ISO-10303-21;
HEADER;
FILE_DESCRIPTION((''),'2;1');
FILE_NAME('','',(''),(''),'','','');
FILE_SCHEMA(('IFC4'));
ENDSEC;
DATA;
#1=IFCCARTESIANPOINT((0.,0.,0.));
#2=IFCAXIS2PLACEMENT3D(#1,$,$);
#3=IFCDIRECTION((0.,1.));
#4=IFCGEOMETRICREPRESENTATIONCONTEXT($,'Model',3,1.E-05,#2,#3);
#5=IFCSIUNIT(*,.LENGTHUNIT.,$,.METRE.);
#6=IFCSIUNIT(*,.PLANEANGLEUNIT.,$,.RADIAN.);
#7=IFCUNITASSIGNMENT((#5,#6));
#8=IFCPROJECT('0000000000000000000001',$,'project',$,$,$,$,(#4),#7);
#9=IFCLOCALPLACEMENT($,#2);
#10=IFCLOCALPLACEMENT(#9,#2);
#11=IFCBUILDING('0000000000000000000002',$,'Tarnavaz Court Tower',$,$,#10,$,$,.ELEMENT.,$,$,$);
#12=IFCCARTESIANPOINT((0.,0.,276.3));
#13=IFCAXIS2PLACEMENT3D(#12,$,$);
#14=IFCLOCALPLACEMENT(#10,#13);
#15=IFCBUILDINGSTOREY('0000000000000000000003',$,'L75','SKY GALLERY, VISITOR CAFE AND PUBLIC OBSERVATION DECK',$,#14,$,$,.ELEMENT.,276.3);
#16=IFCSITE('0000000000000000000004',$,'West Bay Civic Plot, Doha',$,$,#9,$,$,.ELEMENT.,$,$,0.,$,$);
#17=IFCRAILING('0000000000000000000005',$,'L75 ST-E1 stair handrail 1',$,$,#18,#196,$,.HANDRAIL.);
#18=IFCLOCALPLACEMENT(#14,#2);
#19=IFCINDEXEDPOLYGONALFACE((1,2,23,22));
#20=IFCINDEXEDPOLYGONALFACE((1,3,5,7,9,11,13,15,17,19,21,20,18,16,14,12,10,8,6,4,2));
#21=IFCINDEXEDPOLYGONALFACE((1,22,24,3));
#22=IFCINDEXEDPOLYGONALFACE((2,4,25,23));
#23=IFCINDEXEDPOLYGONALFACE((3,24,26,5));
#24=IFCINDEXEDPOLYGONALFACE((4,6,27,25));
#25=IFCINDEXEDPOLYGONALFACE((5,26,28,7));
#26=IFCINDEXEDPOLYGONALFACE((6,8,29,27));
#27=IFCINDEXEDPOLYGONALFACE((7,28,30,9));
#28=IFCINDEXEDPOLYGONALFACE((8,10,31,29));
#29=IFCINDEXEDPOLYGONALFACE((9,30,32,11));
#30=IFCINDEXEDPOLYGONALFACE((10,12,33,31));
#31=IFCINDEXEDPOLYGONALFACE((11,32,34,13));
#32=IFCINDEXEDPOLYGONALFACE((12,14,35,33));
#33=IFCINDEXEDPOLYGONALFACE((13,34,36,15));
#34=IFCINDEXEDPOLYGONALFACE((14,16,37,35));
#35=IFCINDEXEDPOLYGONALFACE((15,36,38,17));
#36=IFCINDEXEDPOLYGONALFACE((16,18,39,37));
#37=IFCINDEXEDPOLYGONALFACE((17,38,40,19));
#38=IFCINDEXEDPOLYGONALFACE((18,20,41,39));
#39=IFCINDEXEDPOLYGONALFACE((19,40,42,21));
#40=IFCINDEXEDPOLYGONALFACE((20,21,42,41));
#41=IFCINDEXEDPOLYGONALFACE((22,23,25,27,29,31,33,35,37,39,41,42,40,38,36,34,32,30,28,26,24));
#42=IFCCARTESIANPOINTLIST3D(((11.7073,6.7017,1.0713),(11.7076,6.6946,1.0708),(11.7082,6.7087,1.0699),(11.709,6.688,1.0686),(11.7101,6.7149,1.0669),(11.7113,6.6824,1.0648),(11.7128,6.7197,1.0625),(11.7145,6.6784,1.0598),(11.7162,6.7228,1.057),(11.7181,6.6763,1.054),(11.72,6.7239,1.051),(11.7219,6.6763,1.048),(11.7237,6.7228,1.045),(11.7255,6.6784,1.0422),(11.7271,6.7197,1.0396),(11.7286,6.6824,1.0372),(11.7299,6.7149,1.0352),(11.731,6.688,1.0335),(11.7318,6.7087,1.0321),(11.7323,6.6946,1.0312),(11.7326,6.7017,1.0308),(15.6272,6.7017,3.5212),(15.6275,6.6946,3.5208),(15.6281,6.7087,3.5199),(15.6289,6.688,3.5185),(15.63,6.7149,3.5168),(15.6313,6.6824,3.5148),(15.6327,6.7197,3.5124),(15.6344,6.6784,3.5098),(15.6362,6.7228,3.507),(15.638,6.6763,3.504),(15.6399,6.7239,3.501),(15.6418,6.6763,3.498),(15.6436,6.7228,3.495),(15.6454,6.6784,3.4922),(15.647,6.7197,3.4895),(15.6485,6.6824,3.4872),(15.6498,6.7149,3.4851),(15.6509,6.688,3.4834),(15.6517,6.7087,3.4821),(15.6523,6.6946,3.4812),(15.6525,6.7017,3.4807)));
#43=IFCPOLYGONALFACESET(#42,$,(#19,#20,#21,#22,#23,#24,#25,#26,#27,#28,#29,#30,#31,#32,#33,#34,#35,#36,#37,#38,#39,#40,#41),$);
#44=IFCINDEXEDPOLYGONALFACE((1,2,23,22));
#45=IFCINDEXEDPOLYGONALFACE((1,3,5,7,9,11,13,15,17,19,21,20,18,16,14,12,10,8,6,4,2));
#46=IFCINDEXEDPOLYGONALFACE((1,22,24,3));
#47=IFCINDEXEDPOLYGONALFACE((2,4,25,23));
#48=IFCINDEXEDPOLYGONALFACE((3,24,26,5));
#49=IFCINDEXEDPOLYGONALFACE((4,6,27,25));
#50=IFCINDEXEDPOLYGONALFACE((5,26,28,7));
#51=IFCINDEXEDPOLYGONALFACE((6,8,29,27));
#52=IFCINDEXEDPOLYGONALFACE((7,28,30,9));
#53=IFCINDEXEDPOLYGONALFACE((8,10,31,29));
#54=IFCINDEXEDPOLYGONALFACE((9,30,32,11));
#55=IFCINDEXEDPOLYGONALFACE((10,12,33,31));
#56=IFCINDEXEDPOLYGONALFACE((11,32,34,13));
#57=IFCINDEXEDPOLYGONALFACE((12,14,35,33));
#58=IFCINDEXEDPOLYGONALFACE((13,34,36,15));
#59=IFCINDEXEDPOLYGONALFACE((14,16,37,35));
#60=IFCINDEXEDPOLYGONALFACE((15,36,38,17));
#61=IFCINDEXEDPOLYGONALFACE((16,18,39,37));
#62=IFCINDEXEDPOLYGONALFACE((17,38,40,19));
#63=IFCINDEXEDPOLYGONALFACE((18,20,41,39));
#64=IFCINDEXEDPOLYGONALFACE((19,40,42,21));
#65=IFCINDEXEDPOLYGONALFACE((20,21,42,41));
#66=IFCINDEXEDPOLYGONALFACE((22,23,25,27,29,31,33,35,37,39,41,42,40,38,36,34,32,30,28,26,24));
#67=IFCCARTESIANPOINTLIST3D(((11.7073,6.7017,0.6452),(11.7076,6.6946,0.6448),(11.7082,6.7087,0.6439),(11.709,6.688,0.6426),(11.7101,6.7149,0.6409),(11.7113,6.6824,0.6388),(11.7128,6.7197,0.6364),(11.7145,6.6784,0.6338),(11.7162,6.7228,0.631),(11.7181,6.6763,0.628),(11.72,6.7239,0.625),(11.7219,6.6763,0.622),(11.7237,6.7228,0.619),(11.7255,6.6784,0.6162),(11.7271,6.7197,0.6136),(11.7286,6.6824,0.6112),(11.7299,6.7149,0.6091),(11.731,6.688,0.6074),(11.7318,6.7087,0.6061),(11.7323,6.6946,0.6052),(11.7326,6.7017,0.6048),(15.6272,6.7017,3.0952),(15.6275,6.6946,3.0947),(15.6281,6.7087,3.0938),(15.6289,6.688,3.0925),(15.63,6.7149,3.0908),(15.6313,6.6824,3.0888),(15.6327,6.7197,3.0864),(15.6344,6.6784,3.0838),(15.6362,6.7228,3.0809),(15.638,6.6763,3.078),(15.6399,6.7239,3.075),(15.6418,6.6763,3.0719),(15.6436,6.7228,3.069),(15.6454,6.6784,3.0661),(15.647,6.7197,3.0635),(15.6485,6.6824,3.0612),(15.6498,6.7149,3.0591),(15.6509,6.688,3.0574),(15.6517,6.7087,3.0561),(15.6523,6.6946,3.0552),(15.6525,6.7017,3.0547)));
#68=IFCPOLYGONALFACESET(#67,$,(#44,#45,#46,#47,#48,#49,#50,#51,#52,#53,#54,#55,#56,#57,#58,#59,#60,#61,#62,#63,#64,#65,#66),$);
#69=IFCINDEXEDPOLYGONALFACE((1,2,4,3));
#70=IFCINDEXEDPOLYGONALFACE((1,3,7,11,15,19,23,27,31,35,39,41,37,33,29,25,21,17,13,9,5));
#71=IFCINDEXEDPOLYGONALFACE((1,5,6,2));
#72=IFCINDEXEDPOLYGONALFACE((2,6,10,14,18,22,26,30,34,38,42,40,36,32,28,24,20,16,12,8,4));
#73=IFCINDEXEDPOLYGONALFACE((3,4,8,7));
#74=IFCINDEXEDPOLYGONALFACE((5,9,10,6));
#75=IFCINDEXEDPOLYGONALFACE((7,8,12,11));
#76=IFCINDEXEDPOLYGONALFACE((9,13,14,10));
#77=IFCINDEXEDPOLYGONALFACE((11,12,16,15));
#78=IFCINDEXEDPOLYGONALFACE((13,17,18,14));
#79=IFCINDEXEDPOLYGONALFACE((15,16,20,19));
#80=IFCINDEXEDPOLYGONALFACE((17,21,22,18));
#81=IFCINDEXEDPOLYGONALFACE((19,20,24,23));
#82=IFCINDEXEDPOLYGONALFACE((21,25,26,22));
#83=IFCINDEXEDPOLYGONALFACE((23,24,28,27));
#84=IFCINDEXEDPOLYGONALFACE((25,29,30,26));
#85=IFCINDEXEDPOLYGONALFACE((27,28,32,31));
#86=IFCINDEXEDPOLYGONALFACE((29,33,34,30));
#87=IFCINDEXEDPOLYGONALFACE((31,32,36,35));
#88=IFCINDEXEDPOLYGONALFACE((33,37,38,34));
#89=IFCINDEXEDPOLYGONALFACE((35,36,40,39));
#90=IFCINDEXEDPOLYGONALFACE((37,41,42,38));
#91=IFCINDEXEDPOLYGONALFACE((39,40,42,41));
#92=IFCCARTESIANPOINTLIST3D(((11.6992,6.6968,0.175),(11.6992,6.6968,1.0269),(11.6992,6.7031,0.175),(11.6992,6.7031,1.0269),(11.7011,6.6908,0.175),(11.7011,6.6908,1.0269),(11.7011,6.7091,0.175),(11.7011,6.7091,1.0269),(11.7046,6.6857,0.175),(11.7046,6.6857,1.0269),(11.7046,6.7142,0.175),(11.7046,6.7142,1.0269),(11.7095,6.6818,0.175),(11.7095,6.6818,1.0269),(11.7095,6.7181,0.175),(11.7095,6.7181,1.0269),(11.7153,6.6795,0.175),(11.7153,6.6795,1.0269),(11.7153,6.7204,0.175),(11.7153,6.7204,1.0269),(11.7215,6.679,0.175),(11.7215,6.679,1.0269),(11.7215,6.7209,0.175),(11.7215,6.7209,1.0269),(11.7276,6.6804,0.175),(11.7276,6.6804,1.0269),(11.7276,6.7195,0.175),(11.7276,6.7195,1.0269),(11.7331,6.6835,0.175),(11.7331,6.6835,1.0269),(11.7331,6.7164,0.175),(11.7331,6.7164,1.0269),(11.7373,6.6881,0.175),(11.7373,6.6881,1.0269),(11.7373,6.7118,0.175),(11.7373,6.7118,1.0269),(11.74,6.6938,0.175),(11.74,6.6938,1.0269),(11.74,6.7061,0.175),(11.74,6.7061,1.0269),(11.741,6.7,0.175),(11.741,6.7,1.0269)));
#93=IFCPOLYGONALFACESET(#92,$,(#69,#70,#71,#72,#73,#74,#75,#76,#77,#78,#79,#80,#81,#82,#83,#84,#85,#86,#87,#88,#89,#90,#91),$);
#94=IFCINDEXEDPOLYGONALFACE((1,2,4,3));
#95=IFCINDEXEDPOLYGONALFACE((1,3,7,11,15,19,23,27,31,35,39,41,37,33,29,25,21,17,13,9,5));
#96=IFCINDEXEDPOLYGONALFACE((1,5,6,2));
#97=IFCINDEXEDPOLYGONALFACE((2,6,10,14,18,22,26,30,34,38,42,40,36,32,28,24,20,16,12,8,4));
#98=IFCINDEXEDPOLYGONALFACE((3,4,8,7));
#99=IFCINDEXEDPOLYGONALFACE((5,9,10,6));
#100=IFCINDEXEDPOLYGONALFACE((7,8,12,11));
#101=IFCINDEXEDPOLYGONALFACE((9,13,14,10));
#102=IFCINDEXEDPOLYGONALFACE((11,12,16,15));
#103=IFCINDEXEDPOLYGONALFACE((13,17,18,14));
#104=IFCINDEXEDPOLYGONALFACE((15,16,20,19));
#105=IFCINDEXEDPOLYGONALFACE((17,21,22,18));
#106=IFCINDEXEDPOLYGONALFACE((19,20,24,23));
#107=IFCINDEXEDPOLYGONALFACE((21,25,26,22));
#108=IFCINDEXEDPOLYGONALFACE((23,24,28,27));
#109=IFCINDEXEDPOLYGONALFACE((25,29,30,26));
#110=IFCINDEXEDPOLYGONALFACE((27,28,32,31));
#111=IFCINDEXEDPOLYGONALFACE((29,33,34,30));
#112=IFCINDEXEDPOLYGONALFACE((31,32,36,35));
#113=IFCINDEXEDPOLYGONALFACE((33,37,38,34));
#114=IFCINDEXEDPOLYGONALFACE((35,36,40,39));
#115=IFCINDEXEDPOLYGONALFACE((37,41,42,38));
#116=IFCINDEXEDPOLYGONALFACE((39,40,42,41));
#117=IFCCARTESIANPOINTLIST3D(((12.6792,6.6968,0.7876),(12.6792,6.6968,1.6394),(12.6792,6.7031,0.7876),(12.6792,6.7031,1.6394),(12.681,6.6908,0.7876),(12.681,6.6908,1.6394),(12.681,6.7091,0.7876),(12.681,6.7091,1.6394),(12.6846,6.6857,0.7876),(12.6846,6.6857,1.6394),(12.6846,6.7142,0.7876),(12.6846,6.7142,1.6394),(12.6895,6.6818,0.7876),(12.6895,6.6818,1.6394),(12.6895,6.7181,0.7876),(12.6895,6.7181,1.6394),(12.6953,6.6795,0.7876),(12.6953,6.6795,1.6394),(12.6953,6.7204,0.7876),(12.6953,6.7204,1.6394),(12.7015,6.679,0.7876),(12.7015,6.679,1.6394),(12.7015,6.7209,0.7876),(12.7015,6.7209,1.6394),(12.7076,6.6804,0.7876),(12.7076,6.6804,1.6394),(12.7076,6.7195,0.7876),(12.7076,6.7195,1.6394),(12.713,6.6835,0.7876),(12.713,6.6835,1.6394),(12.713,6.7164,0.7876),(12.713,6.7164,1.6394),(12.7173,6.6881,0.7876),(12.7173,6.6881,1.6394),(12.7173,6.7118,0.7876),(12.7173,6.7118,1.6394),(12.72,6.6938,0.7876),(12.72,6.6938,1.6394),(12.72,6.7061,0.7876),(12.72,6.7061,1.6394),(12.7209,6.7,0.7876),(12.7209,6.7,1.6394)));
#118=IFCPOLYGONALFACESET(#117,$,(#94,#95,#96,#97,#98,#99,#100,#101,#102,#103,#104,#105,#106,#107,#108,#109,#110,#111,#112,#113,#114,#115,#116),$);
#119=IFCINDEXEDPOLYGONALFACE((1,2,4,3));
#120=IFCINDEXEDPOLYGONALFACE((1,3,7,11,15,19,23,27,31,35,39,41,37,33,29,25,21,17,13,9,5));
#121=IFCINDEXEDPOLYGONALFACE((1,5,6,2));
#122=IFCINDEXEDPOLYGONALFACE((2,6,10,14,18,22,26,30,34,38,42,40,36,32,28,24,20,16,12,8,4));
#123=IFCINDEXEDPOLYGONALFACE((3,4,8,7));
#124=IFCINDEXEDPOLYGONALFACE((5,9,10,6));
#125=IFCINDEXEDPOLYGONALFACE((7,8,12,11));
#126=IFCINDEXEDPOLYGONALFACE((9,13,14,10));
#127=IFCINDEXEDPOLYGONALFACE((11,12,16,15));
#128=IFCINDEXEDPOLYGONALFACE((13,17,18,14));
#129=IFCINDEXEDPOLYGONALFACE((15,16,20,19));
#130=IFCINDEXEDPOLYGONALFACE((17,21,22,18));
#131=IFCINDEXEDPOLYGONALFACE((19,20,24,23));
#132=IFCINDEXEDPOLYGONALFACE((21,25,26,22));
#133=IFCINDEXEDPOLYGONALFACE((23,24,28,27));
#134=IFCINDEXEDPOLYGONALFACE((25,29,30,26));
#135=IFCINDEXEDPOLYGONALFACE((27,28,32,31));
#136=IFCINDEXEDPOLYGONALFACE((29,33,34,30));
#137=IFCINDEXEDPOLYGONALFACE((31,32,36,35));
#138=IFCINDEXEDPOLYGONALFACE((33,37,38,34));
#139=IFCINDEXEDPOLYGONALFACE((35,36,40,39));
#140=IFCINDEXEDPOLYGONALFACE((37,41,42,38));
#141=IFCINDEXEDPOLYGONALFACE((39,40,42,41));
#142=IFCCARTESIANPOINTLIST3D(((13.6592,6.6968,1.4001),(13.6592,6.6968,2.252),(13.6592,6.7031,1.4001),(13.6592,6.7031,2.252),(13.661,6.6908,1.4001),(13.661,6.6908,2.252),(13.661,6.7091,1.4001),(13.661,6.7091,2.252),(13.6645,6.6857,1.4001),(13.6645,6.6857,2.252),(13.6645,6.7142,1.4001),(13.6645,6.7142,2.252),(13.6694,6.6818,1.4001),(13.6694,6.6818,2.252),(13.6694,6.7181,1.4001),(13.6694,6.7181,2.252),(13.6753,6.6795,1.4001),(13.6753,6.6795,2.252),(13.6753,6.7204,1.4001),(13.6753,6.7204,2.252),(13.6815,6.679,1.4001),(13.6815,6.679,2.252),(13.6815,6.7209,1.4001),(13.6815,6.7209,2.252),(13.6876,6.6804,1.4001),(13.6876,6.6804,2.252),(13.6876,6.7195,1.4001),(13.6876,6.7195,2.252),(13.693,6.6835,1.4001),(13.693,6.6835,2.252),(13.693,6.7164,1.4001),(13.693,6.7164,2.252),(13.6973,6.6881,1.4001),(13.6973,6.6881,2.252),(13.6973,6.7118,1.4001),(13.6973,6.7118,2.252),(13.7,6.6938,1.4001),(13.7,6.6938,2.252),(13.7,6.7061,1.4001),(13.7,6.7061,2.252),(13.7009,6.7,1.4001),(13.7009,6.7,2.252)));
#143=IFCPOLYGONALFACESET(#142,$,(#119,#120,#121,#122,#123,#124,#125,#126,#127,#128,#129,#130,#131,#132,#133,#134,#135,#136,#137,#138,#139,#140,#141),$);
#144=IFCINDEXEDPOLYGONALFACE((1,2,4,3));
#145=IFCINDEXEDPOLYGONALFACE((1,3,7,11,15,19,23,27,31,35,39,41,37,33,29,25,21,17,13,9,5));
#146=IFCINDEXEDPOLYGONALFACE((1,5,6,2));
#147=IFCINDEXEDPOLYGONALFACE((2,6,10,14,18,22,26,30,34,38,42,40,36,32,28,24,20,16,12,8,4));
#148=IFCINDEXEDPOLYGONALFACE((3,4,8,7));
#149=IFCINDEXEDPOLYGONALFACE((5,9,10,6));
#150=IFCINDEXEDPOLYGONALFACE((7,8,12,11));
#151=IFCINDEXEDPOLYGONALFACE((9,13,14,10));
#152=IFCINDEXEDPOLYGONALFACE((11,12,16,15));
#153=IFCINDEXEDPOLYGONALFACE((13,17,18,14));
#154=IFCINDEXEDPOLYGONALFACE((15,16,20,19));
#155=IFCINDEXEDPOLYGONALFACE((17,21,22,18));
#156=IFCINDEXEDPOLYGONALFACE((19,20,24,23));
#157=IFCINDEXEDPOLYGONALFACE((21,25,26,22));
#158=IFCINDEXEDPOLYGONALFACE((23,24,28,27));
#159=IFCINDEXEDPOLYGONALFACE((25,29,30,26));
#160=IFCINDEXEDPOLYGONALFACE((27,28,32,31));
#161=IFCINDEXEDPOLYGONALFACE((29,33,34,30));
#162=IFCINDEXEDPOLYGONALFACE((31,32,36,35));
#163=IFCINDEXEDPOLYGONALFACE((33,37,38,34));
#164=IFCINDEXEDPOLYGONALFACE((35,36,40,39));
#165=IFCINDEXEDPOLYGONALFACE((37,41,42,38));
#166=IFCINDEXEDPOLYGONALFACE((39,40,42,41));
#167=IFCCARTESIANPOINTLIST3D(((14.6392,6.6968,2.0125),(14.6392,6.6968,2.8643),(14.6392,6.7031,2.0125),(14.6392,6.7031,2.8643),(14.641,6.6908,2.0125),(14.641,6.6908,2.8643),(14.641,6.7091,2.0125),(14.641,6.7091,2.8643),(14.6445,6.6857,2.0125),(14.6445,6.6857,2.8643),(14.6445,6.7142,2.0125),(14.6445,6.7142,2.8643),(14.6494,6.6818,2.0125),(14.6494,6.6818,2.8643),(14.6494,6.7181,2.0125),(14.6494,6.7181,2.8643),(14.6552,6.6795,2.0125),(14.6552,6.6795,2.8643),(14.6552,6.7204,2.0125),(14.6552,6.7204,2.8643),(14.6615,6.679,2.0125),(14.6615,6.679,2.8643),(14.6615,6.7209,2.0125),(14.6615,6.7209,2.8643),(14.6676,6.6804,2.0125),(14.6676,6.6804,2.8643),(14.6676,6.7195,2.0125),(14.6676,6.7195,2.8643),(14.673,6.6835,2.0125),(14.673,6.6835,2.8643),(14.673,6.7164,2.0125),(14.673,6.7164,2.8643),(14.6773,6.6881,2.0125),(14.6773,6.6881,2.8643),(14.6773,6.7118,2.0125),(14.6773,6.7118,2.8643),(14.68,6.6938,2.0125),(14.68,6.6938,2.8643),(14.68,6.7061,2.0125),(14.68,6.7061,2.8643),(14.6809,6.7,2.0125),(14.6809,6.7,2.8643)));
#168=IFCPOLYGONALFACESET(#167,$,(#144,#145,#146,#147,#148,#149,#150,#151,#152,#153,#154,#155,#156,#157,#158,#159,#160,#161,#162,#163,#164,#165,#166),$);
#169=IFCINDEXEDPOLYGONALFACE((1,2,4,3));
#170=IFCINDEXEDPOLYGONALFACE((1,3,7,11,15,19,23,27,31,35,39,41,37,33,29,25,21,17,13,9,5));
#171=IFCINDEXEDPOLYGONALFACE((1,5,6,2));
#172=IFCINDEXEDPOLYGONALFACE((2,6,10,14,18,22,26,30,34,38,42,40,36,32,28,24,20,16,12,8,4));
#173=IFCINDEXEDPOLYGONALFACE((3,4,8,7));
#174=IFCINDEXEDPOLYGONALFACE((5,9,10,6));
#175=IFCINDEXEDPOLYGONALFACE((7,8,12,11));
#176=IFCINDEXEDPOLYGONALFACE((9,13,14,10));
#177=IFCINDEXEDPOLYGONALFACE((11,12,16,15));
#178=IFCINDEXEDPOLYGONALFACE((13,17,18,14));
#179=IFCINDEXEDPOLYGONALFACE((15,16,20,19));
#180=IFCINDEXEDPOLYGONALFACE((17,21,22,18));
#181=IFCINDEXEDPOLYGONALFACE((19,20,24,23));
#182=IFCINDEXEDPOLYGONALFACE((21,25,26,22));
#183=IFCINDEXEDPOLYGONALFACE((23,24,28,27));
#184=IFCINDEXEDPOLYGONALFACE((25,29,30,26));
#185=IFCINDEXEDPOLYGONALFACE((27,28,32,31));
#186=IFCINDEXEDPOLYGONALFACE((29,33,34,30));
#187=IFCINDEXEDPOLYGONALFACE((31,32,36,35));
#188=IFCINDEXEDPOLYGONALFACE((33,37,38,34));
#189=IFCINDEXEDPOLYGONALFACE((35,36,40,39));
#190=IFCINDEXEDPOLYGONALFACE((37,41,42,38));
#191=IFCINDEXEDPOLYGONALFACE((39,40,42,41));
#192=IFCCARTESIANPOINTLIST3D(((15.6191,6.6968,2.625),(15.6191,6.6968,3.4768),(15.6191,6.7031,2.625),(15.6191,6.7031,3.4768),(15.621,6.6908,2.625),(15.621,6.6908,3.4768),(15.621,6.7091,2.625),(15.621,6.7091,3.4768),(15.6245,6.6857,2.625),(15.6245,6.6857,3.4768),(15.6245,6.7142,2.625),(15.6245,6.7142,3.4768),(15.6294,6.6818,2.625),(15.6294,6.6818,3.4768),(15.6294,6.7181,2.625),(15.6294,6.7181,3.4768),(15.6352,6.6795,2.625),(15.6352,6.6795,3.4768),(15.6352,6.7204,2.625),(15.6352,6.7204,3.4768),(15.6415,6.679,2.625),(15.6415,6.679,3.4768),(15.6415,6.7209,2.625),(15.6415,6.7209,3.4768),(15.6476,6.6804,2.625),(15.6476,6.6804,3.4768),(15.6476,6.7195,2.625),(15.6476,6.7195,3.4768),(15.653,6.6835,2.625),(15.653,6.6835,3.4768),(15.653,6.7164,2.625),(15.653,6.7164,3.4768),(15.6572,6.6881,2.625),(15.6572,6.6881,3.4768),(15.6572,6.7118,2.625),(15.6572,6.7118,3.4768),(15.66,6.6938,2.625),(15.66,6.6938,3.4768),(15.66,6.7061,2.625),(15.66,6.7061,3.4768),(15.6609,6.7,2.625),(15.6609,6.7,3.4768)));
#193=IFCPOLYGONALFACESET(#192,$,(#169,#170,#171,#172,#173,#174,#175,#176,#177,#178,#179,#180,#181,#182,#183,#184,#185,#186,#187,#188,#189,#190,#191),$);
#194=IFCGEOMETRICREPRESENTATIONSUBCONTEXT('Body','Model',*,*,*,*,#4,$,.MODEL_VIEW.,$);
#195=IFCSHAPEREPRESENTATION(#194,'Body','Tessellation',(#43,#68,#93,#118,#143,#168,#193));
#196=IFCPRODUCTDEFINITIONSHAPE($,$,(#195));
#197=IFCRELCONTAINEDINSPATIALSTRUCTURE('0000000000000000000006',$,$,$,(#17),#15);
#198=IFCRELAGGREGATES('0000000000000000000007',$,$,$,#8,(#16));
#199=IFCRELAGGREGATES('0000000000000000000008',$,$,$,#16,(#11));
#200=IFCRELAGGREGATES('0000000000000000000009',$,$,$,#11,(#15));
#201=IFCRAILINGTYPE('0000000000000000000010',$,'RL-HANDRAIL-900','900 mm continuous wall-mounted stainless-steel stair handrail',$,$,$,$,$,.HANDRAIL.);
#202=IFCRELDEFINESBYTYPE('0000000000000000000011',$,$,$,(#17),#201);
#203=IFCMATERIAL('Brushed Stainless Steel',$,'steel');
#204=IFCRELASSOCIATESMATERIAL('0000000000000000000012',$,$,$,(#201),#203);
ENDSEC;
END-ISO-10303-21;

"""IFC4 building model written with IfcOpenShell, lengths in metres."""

from ifc_helpers import new_model, si_unit, direction, frame, origin, origin_2d, place, context, subcontext, project, spatial, circle, extrude, material, type_object, element, save


model = new_model("IFC4")

# Units and contexts
model_context = context("Model", 3, precision=1e-05, world=origin(), true_north=direction((0.0, 1.0)))
body_context = subcontext(model_context, "Body", "Model", "MODEL_VIEW")
ifc_project = project(units=[si_unit("LENGTHUNIT", "METRE"), si_unit("PLANEANGLEUNIT", "RADIAN")], contexts=[model_context])

# Site, building, storey
site_placement = place(None, origin())
site = spatial("IfcSite", under=ifc_project, at=site_placement, Name="West Bay Civic Plot, Doha", CompositionType="ELEMENT", RefElevation=0.0)
building_placement = place(site_placement, origin())
building = spatial("IfcBuilding", under=site, at=building_placement, Name="Tarnavaz Court Tower", CompositionType="ELEMENT")
storey_placement = place(building_placement, frame((0.0, 0.0, 276.3)))
storey = spatial("IfcBuildingStorey", under=building, at=storey_placement, Name="L75", Description="SKY GALLERY, VISITOR CAFE AND PUBLIC OBSERVATION DECK", CompositionType="ELEMENT", Elevation=276.3)

# Railing
ifc_material_1 = material(Name="Brushed Stainless Steel", Category="steel")
railing_type_1 = type_object("IfcRailingType", Name="RL-HANDRAIL-900", Description="900 mm continuous wall-mounted stainless-steel stair handrail", PredefinedType="HANDRAIL", material=ifc_material_1)
railing_1_placement = place(storey_placement, frame((11.72, 6.7, 0.175)))
element("IfcRailing", 1, at=railing_1_placement, inside=storey, type_object=railing_type_1, Name="L75 ST-E1 stair handrail 1", PredefinedType="HANDRAIL", context=body_context, shape_type="SweptSolid", body=[
    extrude(circle(Radius=0.0239, at=origin_2d()), frame((0.0, 0.0, 0.876), z_axis=(0.847998, 0.0, 0.529999), x_axis=(0.0, 1.0, 0.0)), (0.0, 0.0, 1.0), 4.6226),
    extrude(circle(Radius=0.0239, at=origin_2d()), frame((0.0, 0.0, 0.45), z_axis=(0.847998, 0.0, 0.529999), x_axis=(0.0, 1.0, 0.0)), (0.0, 0.0, 1.0), 4.6226),
    extrude(circle(Radius=0.021, at=origin_2d()), origin(), (0.0, 0.0, 1.0), 0.8518),
    extrude(circle(Radius=0.021, at=origin_2d()), frame((0.98, 0.0, 0.6125)), (0.0, 0.0, 1.0), 0.8518),
    extrude(circle(Radius=0.021, at=origin_2d()), frame((1.96, 0.0, 1.2251)), (0.0, 0.0, 1.0), 0.8518),
    extrude(circle(Radius=0.021, at=origin_2d()), frame((2.9399, 0.0, 1.8374)), (0.0, 0.0, 1.0), 0.8518),
    extrude(circle(Radius=0.021, at=origin_2d()), frame((3.9199, 0.0, 2.45)), (0.0, 0.0, 1.0), 0.8518),
])

save(model, "model.ifc")
